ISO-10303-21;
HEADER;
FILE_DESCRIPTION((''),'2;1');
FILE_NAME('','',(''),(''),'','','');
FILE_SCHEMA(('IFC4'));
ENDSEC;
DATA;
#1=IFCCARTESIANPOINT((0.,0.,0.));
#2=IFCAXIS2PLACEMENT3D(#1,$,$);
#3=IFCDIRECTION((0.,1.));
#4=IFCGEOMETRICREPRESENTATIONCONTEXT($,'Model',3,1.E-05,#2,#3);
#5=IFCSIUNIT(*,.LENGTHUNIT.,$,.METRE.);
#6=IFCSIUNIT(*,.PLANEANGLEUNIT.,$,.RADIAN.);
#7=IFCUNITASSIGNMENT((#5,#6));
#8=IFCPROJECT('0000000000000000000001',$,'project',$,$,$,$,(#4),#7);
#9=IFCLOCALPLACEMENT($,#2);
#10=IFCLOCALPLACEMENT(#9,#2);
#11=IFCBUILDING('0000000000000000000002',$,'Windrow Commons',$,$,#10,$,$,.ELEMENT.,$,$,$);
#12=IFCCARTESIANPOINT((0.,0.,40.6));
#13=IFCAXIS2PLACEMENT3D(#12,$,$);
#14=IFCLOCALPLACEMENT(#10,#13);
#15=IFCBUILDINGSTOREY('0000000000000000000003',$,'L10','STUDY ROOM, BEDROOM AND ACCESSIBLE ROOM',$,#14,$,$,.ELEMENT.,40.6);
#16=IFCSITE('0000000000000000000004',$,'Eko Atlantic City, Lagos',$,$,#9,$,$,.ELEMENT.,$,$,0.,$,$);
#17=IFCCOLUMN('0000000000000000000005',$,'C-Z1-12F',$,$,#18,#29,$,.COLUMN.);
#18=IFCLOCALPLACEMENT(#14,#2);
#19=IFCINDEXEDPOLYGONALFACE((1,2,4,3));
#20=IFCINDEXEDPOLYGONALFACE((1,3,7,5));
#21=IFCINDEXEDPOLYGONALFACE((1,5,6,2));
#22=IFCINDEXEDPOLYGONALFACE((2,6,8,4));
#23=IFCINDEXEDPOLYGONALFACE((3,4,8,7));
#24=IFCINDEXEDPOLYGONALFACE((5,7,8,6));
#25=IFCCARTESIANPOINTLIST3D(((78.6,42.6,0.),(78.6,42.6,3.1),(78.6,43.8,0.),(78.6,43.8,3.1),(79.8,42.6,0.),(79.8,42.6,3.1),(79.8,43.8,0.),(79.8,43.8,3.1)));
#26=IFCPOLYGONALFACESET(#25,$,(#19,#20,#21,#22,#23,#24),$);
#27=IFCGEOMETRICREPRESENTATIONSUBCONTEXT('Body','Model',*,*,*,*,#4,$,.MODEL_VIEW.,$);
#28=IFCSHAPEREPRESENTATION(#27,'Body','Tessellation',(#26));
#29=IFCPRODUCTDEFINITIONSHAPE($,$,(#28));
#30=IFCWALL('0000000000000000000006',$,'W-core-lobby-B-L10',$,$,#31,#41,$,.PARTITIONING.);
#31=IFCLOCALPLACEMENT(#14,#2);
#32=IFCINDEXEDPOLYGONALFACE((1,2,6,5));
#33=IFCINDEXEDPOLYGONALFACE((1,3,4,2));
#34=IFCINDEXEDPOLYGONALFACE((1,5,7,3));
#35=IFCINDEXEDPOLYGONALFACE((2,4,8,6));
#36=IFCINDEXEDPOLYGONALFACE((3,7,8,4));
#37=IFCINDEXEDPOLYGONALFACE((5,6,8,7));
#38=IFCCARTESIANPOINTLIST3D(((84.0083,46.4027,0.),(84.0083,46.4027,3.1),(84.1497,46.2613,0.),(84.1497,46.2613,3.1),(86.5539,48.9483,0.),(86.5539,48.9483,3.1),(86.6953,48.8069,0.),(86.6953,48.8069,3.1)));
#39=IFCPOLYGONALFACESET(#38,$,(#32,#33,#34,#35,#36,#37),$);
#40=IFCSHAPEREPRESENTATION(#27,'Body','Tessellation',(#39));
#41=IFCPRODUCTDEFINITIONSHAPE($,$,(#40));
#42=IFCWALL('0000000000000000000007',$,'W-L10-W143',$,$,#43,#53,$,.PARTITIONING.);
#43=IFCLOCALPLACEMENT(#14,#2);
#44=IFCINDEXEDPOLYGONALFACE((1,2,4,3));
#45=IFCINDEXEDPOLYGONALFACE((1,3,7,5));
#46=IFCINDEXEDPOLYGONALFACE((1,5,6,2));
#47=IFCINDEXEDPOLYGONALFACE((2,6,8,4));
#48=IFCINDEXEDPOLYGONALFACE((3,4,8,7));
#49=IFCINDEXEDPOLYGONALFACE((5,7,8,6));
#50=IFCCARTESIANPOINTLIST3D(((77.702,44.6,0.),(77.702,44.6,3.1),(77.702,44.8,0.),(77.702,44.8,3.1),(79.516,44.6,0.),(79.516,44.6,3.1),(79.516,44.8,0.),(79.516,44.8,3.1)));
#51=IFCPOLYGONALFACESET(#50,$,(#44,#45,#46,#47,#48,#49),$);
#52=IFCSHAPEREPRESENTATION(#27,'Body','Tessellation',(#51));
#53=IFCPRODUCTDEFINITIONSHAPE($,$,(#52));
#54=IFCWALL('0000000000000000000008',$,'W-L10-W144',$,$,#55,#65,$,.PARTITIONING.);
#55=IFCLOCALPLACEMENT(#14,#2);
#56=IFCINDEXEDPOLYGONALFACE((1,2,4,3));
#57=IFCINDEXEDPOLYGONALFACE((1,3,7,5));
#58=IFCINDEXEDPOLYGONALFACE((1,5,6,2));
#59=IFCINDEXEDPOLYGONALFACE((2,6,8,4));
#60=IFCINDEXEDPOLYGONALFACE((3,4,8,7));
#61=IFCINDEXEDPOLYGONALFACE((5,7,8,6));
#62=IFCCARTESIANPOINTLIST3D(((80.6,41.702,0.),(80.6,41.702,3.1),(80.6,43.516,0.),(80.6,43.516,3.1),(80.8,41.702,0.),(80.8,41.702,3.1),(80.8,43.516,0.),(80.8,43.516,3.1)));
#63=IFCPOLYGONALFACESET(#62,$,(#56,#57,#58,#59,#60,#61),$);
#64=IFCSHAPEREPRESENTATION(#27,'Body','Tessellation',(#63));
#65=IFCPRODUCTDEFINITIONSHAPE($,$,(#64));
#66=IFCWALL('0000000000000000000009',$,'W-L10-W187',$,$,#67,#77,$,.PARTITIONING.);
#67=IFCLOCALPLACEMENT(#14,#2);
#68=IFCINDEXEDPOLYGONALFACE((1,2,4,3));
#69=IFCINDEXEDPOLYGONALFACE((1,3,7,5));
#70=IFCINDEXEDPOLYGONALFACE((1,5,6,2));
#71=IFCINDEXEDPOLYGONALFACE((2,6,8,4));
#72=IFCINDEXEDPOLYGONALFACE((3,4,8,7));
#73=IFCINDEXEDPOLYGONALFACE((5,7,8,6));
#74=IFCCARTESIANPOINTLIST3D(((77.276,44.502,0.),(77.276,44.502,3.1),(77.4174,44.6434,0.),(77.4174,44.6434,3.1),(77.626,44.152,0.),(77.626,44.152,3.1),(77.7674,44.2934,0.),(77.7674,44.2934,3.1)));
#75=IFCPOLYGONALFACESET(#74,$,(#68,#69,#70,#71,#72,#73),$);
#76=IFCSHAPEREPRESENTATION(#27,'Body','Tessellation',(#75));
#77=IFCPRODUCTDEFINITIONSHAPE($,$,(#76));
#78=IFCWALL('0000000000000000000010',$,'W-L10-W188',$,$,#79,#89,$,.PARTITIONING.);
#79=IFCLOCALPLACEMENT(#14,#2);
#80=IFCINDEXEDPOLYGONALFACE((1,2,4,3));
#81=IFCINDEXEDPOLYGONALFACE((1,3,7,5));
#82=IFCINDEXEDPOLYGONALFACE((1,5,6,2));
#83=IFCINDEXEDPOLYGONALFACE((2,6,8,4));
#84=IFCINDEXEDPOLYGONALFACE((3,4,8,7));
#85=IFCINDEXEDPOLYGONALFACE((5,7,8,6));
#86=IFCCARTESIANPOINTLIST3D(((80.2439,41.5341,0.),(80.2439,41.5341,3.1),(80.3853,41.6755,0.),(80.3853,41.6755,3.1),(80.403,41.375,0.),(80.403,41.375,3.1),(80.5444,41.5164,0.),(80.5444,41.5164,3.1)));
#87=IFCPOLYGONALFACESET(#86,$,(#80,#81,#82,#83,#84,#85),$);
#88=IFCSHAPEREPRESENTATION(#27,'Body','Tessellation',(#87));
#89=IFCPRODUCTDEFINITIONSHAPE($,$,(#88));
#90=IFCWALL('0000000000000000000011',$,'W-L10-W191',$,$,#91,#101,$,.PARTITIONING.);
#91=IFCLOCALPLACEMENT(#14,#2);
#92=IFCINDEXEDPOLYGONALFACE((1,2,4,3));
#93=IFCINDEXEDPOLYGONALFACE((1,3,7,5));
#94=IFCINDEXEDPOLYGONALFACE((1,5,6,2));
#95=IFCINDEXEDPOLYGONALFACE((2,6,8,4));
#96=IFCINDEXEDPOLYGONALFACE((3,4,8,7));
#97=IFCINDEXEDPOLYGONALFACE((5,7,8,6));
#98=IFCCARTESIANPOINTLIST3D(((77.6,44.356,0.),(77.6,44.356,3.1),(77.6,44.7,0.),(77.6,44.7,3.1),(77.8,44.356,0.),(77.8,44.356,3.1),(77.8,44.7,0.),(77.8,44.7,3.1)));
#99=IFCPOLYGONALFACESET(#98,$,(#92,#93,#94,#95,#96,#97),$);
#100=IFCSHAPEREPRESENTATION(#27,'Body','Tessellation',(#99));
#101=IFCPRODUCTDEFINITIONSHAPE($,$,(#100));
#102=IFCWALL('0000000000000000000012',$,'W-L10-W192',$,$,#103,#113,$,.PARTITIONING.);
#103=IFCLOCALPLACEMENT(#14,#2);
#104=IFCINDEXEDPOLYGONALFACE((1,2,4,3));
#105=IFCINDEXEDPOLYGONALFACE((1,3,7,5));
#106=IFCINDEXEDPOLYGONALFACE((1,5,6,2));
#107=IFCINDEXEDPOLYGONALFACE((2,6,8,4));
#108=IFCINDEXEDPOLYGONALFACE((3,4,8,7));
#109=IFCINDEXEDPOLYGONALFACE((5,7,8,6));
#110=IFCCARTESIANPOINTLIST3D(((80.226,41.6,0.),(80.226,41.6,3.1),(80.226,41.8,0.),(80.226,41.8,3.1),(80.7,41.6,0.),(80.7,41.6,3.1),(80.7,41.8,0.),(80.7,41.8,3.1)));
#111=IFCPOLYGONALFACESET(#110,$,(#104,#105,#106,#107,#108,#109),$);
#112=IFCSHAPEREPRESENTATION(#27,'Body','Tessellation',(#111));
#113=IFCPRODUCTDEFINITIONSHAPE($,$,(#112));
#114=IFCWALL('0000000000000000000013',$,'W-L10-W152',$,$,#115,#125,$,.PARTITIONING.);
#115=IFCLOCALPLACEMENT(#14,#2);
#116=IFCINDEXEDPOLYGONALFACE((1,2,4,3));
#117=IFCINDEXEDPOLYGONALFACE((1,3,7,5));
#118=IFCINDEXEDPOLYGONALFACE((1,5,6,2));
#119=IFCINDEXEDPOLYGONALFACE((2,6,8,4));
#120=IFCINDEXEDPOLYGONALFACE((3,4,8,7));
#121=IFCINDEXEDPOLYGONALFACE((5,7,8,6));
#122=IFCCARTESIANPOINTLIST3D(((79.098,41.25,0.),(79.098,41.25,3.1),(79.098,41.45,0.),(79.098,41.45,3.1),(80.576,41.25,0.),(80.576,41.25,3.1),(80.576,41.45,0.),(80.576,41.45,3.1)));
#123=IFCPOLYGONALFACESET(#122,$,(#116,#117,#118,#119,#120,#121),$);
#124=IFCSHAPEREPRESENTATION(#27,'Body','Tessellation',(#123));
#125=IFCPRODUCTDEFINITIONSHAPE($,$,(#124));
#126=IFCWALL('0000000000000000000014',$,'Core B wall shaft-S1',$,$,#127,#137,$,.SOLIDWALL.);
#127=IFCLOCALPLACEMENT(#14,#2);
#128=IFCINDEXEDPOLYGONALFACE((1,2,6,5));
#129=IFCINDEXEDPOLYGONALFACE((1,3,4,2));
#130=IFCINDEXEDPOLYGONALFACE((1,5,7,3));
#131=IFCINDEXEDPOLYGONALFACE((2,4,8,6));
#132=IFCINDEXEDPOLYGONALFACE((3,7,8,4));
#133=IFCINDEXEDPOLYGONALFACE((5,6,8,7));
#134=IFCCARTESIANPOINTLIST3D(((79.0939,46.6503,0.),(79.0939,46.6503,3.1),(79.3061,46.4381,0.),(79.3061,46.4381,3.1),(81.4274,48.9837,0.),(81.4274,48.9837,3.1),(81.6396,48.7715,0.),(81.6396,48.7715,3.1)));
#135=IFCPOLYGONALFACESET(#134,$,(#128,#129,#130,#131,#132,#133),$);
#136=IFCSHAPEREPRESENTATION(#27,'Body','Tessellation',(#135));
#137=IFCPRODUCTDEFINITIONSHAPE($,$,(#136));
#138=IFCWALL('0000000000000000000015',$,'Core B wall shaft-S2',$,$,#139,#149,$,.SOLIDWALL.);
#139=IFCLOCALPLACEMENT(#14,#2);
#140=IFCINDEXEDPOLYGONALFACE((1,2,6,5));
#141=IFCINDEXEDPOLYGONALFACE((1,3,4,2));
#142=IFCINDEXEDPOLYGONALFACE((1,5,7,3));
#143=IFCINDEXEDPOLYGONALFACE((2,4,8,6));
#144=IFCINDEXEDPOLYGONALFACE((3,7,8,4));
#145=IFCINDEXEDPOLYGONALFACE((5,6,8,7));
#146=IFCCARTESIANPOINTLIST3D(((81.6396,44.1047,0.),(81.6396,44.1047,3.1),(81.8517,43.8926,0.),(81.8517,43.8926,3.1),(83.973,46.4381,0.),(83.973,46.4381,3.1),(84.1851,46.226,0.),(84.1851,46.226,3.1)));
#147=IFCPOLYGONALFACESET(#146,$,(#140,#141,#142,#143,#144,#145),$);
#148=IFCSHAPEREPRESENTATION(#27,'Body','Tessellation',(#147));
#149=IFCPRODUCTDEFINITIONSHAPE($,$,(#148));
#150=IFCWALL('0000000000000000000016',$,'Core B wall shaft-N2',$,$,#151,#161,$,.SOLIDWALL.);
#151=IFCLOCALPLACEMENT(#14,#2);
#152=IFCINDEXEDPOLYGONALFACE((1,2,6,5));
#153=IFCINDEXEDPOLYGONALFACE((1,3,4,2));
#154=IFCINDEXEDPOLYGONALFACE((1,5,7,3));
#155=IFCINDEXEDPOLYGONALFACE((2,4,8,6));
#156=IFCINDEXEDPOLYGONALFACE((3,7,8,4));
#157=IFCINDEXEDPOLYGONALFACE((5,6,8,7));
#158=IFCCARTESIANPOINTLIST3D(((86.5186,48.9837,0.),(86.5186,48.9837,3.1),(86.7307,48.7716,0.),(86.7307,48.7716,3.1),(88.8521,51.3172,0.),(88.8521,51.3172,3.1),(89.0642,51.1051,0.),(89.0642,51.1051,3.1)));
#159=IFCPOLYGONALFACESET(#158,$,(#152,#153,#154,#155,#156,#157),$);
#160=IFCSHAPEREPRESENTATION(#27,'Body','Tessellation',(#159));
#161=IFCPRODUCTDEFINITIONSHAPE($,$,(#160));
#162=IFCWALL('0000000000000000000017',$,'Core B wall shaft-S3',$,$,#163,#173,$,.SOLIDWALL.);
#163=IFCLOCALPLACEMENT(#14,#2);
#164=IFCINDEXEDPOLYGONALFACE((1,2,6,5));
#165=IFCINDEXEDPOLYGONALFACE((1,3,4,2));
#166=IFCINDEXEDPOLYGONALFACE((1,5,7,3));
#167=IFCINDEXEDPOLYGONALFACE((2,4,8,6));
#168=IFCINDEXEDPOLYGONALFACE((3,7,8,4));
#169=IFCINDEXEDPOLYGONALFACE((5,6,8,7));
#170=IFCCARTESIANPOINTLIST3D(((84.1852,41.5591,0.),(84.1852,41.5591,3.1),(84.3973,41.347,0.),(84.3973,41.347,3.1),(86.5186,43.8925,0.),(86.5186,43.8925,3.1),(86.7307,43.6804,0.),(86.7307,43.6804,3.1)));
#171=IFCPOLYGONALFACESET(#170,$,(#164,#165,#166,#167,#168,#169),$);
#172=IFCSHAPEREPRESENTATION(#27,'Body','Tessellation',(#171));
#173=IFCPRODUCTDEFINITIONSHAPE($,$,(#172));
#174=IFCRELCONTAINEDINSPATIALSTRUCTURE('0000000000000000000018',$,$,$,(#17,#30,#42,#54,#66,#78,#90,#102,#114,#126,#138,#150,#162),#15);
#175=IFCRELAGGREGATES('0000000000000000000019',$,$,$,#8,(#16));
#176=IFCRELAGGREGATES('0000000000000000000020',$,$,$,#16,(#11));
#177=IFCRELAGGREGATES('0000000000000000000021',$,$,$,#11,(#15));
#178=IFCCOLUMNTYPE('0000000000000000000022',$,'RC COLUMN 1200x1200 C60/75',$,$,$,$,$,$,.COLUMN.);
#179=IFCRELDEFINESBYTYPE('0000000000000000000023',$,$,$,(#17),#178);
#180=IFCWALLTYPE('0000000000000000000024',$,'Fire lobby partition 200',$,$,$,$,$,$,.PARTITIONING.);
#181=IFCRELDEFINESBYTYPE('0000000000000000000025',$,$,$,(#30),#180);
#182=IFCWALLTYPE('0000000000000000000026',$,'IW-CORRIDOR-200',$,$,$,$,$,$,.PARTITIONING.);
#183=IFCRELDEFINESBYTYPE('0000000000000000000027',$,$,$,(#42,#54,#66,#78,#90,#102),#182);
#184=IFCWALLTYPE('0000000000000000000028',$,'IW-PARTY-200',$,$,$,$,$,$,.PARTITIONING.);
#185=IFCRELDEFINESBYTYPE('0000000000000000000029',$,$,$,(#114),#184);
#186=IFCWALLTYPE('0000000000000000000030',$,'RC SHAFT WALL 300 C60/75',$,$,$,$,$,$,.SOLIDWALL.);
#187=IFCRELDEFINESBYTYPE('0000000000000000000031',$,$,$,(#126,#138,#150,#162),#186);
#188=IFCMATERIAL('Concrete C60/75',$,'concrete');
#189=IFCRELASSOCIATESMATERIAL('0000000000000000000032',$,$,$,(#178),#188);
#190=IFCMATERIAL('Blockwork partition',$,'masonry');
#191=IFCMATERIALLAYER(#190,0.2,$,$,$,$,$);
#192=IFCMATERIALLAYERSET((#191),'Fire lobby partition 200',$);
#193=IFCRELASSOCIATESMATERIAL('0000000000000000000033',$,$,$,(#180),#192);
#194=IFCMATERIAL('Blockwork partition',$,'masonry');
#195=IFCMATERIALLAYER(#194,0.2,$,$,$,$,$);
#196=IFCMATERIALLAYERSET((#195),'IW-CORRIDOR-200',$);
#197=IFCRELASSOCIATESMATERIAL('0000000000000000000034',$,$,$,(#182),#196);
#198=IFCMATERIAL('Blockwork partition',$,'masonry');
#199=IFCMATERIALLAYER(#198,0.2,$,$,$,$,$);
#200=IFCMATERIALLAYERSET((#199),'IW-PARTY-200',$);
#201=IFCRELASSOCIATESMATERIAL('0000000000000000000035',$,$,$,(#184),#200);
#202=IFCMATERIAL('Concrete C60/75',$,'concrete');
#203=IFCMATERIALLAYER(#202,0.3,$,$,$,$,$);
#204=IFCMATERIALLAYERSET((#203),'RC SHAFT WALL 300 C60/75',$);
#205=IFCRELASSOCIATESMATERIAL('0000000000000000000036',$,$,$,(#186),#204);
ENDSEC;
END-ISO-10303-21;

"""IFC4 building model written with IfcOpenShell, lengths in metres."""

from ifc_helpers import new_model, si_unit, direction, frame, frame_2d, origin, origin_2d, place, context, subcontext, project, spatial, rectangle, extrude, material, layer, layer_set, material_profile, profile_set, type_object, element, save


model = new_model("IFC4")

# Units and contexts
model_context = context("Model", 3, precision=1e-05, world=origin(), true_north=direction((0.0, 1.0)))
body_context = subcontext(model_context, "Body", "Model", "MODEL_VIEW")
ifc_project = project(units=[si_unit("LENGTHUNIT", "METRE"), si_unit("PLANEANGLEUNIT", "RADIAN")], contexts=[model_context])

# Site, building, storey
site_placement = place(None, origin())
site = spatial("IfcSite", under=ifc_project, at=site_placement, Name="Eko Atlantic City, Lagos", CompositionType="ELEMENT", RefElevation=0.0)
building_placement = place(site_placement, origin())
building = spatial("IfcBuilding", under=site, at=building_placement, Name="Windrow Commons", CompositionType="ELEMENT")
storey_placement = place(building_placement, frame((0.0, 0.0, 40.6)))
storey = spatial("IfcBuildingStorey", under=building, at=storey_placement, Name="L10", Description="STUDY ROOM, BEDROOM AND ACCESSIBLE ROOM", CompositionType="ELEMENT", Elevation=40.6)

# Column
ifc_material_1 = material(Name="Concrete C60/75", Category="concrete")
ifc_material_profile = material_profile(ifc_material_1, rectangle(XDim=1.2, YDim=1.2, at=origin_2d()))
ifc_profile_set = profile_set([ifc_material_profile], Name="Concrete C60/75")
column_type = type_object("IfcColumnType", Name="RC COLUMN 1200x1200 C60/75", PredefinedType="COLUMN", material=ifc_profile_set)
column_placement = place(storey_placement, frame((79.2, 43.2, 0.0), z_axis=(0.0, 0.0, 1.0), x_axis=(1.0, 0.0, 0.0)))
element("IfcColumn", 1, at=column_placement, inside=storey, type_object=column_type, Name="C-Z1-12F", PredefinedType="COLUMN", context=body_context, shape_type="SweptSolid", body=[
    extrude(rectangle(XDim=1.2, YDim=1.2, at=origin_2d()), origin(), (0.0, 0.0, 1.0), 3.1),
])

# Walls
ifc_material_2 = material(Name="Blockwork partition", Category="masonry")
ifc_layer_1 = layer(ifc_material_2, 0.2)
ifc_layer_set_1 = layer_set([ifc_layer_1], Name="Fire lobby partition 200")
wall_type_1 = type_object("IfcWallType", Name="Fire lobby partition 200", PredefinedType="PARTITIONING", material=ifc_layer_set_1)
wall_1_placement = place(storey_placement, frame((84.079, 46.332, 0.0), z_axis=(0.0, 0.0, 1.0), x_axis=(0.707107, 0.707107, 0.0)))
element("IfcWall", 2, at=wall_1_placement, inside=storey, type_object=wall_type_1, Name="W-core-lobby-B-L10", PredefinedType="PARTITIONING", context=body_context, shape_type="SweptSolid", body=[
    extrude(rectangle(XDim=3.6, YDim=0.2, at=frame_2d((1.8, 0.0))), origin(), (0.0, 0.0, 1.0), 3.1),
])
ifc_material_3 = material(Name="Blockwork partition", Category="masonry")
ifc_layer_2 = layer(ifc_material_3, 0.2)
ifc_layer_set_2 = layer_set([ifc_layer_2], Name="IW-CORRIDOR-200")
wall_type_2 = type_object("IfcWallType", Name="IW-CORRIDOR-200", PredefinedType="PARTITIONING", material=ifc_layer_set_2)
for number, where, z_axis, x_axis, name in (
    (3, (77.702, 44.7, 0.0), (0.0, 0.0, 1.0), (1.0, 0.0, 0.0), "W-L10-W143"),
    (4, (80.7, 41.702, 0.0), (0.0, 0.0, 1.0), (0.0, 1.0, 0.0), "W-L10-W144"),
):
    element("IfcWall", number, at=place(storey_placement, frame(where, z_axis=z_axis, x_axis=x_axis)), inside=storey, type_object=wall_type_2, Name=name, PredefinedType="PARTITIONING", context=body_context, shape_type="SweptSolid", body=[
        extrude(rectangle(XDim=1.814, YDim=0.2, at=frame_2d((0.907, 0.0))), origin(), (0.0, 0.0, 1.0), 3.1),
    ])
wall_2_placement = place(storey_placement, frame((77.3467, 44.5727, 0.0), z_axis=(0.0, 0.0, 1.0), x_axis=(0.707107, -0.707107, 0.0)))
element("IfcWall", 5, at=wall_2_placement, inside=storey, type_object=wall_type_2, Name="W-L10-W187", PredefinedType="PARTITIONING", context=body_context, shape_type="SweptSolid", body=[
    extrude(rectangle(XDim=0.495, YDim=0.2, at=frame_2d((0.2475, 0.0))), origin(), (0.0, 0.0, 1.0), 3.1),
])
wall_3_placement = place(storey_placement, frame((80.3146, 41.6048, 0.0), z_axis=(0.0, 0.0, 1.0), x_axis=(0.707107, -0.707107, 0.0)))
element("IfcWall", 6, at=wall_3_placement, inside=storey, type_object=wall_type_2, Name="W-L10-W188", PredefinedType="PARTITIONING", context=body_context, shape_type="SweptSolid", body=[
    extrude(rectangle(XDim=0.225, YDim=0.2, at=frame_2d((0.1125, 0.0))), origin(), (0.0, 0.0, 1.0), 3.1),
])
wall_4_placement = place(storey_placement, frame((77.7, 44.356, 0.0), z_axis=(0.0, 0.0, 1.0), x_axis=(0.0, 1.0, 0.0)))
element("IfcWall", 7, at=wall_4_placement, inside=storey, type_object=wall_type_2, Name="W-L10-W191", PredefinedType="PARTITIONING", context=body_context, shape_type="SweptSolid", body=[
    extrude(rectangle(XDim=0.344, YDim=0.2, at=frame_2d((0.172, 0.0))), origin(), (0.0, 0.0, 1.0), 3.1),
])
wall_5_placement = place(storey_placement, frame((80.226, 41.7, 0.0), z_axis=(0.0, 0.0, 1.0), x_axis=(1.0, 0.0, 0.0)))
element("IfcWall", 8, at=wall_5_placement, inside=storey, type_object=wall_type_2, Name="W-L10-W192", PredefinedType="PARTITIONING", context=body_context, shape_type="SweptSolid", body=[
    extrude(rectangle(XDim=0.474, YDim=0.2, at=frame_2d((0.237, 0.0))), origin(), (0.0, 0.0, 1.0), 3.1),
])
ifc_material_4 = material(Name="Blockwork partition", Category="masonry")
ifc_layer_3 = layer(ifc_material_4, 0.2)
ifc_layer_set_3 = layer_set([ifc_layer_3], Name="IW-PARTY-200")
wall_type_3 = type_object("IfcWallType", Name="IW-PARTY-200", PredefinedType="PARTITIONING", material=ifc_layer_set_3)
wall_6_placement = place(storey_placement, frame((79.098, 41.35, 0.0), z_axis=(0.0, 0.0, 1.0), x_axis=(1.0, 0.0, 0.0)))
element("IfcWall", 9, at=wall_6_placement, inside=storey, type_object=wall_type_3, Name="W-L10-W152", PredefinedType="PARTITIONING", context=body_context, shape_type="SweptSolid", body=[
    extrude(rectangle(XDim=1.478, YDim=0.2, at=frame_2d((0.739, 0.0))), origin(), (0.0, 0.0, 1.0), 3.1),
])
ifc_material_5 = material(Name="Concrete C60/75", Category="concrete")
ifc_layer_4 = layer(ifc_material_5, 0.3)
ifc_layer_set_4 = layer_set([ifc_layer_4], Name="RC SHAFT WALL 300 C60/75")
wall_type_4 = type_object("IfcWallType", Name="RC SHAFT WALL 300 C60/75", PredefinedType="SOLIDWALL", material=ifc_layer_set_4)
wall_7_placement = place(storey_placement, frame((79.2, 46.5442, 0.0), z_axis=(0.0, 0.0, 1.0), x_axis=(0.707122, 0.707092, 0.0)))
element("IfcWall", 10, at=wall_7_placement, inside=storey, type_object=wall_type_4, Name="Core B wall shaft-S1", PredefinedType="SOLIDWALL", context=body_context, shape_type="SweptSolid", body=[
    extrude(rectangle(XDim=3.3, YDim=0.3, at=frame_2d((1.65, 0.0))), origin(), (0.0, 0.0, 1.0), 3.1),
])
wall_8_placement = place(storey_placement, frame((81.7456, 43.9986, 0.0), z_axis=(0.0, 0.0, 1.0), x_axis=(0.707107, 0.707107, 0.0)))
element("IfcWall", 11, at=wall_8_placement, inside=storey, type_object=wall_type_4, Name="Core B wall shaft-S2", PredefinedType="SOLIDWALL", context=body_context, shape_type="SweptSolid", body=[
    extrude(rectangle(XDim=3.2999, YDim=0.3, at=frame_2d((1.65, 0.0))), origin(), (0.0, 0.0, 1.0), 3.1),
])
wall_9_placement = place(storey_placement, frame((86.6246, 48.8776, 0.0), z_axis=(0.0, 0.0, 1.0), x_axis=(0.707107, 0.707107, 0.0)))
element("IfcWall", 12, at=wall_9_placement, inside=storey, type_object=wall_type_4, Name="Core B wall shaft-N2", PredefinedType="SOLIDWALL", context=body_context, shape_type="SweptSolid", body=[
    extrude(rectangle(XDim=3.3001, YDim=0.3, at=frame_2d((1.6501, 0.0))), origin(), (0.0, 0.0, 1.0), 3.1),
])
wall_10_placement = place(storey_placement, frame((84.2912, 41.453, 0.0), z_axis=(0.0, 0.0, 1.0), x_axis=(0.707107, 0.707107, 0.0)))
element("IfcWall", 13, at=wall_10_placement, inside=storey, type_object=wall_type_4, Name="Core B wall shaft-S3", PredefinedType="SOLIDWALL", context=body_context, shape_type="SweptSolid", body=[
    extrude(rectangle(XDim=3.2999, YDim=0.3, at=frame_2d((1.65, 0.0))), origin(), (0.0, 0.0, 1.0), 3.1),
])

save(model, "model.ifc")
